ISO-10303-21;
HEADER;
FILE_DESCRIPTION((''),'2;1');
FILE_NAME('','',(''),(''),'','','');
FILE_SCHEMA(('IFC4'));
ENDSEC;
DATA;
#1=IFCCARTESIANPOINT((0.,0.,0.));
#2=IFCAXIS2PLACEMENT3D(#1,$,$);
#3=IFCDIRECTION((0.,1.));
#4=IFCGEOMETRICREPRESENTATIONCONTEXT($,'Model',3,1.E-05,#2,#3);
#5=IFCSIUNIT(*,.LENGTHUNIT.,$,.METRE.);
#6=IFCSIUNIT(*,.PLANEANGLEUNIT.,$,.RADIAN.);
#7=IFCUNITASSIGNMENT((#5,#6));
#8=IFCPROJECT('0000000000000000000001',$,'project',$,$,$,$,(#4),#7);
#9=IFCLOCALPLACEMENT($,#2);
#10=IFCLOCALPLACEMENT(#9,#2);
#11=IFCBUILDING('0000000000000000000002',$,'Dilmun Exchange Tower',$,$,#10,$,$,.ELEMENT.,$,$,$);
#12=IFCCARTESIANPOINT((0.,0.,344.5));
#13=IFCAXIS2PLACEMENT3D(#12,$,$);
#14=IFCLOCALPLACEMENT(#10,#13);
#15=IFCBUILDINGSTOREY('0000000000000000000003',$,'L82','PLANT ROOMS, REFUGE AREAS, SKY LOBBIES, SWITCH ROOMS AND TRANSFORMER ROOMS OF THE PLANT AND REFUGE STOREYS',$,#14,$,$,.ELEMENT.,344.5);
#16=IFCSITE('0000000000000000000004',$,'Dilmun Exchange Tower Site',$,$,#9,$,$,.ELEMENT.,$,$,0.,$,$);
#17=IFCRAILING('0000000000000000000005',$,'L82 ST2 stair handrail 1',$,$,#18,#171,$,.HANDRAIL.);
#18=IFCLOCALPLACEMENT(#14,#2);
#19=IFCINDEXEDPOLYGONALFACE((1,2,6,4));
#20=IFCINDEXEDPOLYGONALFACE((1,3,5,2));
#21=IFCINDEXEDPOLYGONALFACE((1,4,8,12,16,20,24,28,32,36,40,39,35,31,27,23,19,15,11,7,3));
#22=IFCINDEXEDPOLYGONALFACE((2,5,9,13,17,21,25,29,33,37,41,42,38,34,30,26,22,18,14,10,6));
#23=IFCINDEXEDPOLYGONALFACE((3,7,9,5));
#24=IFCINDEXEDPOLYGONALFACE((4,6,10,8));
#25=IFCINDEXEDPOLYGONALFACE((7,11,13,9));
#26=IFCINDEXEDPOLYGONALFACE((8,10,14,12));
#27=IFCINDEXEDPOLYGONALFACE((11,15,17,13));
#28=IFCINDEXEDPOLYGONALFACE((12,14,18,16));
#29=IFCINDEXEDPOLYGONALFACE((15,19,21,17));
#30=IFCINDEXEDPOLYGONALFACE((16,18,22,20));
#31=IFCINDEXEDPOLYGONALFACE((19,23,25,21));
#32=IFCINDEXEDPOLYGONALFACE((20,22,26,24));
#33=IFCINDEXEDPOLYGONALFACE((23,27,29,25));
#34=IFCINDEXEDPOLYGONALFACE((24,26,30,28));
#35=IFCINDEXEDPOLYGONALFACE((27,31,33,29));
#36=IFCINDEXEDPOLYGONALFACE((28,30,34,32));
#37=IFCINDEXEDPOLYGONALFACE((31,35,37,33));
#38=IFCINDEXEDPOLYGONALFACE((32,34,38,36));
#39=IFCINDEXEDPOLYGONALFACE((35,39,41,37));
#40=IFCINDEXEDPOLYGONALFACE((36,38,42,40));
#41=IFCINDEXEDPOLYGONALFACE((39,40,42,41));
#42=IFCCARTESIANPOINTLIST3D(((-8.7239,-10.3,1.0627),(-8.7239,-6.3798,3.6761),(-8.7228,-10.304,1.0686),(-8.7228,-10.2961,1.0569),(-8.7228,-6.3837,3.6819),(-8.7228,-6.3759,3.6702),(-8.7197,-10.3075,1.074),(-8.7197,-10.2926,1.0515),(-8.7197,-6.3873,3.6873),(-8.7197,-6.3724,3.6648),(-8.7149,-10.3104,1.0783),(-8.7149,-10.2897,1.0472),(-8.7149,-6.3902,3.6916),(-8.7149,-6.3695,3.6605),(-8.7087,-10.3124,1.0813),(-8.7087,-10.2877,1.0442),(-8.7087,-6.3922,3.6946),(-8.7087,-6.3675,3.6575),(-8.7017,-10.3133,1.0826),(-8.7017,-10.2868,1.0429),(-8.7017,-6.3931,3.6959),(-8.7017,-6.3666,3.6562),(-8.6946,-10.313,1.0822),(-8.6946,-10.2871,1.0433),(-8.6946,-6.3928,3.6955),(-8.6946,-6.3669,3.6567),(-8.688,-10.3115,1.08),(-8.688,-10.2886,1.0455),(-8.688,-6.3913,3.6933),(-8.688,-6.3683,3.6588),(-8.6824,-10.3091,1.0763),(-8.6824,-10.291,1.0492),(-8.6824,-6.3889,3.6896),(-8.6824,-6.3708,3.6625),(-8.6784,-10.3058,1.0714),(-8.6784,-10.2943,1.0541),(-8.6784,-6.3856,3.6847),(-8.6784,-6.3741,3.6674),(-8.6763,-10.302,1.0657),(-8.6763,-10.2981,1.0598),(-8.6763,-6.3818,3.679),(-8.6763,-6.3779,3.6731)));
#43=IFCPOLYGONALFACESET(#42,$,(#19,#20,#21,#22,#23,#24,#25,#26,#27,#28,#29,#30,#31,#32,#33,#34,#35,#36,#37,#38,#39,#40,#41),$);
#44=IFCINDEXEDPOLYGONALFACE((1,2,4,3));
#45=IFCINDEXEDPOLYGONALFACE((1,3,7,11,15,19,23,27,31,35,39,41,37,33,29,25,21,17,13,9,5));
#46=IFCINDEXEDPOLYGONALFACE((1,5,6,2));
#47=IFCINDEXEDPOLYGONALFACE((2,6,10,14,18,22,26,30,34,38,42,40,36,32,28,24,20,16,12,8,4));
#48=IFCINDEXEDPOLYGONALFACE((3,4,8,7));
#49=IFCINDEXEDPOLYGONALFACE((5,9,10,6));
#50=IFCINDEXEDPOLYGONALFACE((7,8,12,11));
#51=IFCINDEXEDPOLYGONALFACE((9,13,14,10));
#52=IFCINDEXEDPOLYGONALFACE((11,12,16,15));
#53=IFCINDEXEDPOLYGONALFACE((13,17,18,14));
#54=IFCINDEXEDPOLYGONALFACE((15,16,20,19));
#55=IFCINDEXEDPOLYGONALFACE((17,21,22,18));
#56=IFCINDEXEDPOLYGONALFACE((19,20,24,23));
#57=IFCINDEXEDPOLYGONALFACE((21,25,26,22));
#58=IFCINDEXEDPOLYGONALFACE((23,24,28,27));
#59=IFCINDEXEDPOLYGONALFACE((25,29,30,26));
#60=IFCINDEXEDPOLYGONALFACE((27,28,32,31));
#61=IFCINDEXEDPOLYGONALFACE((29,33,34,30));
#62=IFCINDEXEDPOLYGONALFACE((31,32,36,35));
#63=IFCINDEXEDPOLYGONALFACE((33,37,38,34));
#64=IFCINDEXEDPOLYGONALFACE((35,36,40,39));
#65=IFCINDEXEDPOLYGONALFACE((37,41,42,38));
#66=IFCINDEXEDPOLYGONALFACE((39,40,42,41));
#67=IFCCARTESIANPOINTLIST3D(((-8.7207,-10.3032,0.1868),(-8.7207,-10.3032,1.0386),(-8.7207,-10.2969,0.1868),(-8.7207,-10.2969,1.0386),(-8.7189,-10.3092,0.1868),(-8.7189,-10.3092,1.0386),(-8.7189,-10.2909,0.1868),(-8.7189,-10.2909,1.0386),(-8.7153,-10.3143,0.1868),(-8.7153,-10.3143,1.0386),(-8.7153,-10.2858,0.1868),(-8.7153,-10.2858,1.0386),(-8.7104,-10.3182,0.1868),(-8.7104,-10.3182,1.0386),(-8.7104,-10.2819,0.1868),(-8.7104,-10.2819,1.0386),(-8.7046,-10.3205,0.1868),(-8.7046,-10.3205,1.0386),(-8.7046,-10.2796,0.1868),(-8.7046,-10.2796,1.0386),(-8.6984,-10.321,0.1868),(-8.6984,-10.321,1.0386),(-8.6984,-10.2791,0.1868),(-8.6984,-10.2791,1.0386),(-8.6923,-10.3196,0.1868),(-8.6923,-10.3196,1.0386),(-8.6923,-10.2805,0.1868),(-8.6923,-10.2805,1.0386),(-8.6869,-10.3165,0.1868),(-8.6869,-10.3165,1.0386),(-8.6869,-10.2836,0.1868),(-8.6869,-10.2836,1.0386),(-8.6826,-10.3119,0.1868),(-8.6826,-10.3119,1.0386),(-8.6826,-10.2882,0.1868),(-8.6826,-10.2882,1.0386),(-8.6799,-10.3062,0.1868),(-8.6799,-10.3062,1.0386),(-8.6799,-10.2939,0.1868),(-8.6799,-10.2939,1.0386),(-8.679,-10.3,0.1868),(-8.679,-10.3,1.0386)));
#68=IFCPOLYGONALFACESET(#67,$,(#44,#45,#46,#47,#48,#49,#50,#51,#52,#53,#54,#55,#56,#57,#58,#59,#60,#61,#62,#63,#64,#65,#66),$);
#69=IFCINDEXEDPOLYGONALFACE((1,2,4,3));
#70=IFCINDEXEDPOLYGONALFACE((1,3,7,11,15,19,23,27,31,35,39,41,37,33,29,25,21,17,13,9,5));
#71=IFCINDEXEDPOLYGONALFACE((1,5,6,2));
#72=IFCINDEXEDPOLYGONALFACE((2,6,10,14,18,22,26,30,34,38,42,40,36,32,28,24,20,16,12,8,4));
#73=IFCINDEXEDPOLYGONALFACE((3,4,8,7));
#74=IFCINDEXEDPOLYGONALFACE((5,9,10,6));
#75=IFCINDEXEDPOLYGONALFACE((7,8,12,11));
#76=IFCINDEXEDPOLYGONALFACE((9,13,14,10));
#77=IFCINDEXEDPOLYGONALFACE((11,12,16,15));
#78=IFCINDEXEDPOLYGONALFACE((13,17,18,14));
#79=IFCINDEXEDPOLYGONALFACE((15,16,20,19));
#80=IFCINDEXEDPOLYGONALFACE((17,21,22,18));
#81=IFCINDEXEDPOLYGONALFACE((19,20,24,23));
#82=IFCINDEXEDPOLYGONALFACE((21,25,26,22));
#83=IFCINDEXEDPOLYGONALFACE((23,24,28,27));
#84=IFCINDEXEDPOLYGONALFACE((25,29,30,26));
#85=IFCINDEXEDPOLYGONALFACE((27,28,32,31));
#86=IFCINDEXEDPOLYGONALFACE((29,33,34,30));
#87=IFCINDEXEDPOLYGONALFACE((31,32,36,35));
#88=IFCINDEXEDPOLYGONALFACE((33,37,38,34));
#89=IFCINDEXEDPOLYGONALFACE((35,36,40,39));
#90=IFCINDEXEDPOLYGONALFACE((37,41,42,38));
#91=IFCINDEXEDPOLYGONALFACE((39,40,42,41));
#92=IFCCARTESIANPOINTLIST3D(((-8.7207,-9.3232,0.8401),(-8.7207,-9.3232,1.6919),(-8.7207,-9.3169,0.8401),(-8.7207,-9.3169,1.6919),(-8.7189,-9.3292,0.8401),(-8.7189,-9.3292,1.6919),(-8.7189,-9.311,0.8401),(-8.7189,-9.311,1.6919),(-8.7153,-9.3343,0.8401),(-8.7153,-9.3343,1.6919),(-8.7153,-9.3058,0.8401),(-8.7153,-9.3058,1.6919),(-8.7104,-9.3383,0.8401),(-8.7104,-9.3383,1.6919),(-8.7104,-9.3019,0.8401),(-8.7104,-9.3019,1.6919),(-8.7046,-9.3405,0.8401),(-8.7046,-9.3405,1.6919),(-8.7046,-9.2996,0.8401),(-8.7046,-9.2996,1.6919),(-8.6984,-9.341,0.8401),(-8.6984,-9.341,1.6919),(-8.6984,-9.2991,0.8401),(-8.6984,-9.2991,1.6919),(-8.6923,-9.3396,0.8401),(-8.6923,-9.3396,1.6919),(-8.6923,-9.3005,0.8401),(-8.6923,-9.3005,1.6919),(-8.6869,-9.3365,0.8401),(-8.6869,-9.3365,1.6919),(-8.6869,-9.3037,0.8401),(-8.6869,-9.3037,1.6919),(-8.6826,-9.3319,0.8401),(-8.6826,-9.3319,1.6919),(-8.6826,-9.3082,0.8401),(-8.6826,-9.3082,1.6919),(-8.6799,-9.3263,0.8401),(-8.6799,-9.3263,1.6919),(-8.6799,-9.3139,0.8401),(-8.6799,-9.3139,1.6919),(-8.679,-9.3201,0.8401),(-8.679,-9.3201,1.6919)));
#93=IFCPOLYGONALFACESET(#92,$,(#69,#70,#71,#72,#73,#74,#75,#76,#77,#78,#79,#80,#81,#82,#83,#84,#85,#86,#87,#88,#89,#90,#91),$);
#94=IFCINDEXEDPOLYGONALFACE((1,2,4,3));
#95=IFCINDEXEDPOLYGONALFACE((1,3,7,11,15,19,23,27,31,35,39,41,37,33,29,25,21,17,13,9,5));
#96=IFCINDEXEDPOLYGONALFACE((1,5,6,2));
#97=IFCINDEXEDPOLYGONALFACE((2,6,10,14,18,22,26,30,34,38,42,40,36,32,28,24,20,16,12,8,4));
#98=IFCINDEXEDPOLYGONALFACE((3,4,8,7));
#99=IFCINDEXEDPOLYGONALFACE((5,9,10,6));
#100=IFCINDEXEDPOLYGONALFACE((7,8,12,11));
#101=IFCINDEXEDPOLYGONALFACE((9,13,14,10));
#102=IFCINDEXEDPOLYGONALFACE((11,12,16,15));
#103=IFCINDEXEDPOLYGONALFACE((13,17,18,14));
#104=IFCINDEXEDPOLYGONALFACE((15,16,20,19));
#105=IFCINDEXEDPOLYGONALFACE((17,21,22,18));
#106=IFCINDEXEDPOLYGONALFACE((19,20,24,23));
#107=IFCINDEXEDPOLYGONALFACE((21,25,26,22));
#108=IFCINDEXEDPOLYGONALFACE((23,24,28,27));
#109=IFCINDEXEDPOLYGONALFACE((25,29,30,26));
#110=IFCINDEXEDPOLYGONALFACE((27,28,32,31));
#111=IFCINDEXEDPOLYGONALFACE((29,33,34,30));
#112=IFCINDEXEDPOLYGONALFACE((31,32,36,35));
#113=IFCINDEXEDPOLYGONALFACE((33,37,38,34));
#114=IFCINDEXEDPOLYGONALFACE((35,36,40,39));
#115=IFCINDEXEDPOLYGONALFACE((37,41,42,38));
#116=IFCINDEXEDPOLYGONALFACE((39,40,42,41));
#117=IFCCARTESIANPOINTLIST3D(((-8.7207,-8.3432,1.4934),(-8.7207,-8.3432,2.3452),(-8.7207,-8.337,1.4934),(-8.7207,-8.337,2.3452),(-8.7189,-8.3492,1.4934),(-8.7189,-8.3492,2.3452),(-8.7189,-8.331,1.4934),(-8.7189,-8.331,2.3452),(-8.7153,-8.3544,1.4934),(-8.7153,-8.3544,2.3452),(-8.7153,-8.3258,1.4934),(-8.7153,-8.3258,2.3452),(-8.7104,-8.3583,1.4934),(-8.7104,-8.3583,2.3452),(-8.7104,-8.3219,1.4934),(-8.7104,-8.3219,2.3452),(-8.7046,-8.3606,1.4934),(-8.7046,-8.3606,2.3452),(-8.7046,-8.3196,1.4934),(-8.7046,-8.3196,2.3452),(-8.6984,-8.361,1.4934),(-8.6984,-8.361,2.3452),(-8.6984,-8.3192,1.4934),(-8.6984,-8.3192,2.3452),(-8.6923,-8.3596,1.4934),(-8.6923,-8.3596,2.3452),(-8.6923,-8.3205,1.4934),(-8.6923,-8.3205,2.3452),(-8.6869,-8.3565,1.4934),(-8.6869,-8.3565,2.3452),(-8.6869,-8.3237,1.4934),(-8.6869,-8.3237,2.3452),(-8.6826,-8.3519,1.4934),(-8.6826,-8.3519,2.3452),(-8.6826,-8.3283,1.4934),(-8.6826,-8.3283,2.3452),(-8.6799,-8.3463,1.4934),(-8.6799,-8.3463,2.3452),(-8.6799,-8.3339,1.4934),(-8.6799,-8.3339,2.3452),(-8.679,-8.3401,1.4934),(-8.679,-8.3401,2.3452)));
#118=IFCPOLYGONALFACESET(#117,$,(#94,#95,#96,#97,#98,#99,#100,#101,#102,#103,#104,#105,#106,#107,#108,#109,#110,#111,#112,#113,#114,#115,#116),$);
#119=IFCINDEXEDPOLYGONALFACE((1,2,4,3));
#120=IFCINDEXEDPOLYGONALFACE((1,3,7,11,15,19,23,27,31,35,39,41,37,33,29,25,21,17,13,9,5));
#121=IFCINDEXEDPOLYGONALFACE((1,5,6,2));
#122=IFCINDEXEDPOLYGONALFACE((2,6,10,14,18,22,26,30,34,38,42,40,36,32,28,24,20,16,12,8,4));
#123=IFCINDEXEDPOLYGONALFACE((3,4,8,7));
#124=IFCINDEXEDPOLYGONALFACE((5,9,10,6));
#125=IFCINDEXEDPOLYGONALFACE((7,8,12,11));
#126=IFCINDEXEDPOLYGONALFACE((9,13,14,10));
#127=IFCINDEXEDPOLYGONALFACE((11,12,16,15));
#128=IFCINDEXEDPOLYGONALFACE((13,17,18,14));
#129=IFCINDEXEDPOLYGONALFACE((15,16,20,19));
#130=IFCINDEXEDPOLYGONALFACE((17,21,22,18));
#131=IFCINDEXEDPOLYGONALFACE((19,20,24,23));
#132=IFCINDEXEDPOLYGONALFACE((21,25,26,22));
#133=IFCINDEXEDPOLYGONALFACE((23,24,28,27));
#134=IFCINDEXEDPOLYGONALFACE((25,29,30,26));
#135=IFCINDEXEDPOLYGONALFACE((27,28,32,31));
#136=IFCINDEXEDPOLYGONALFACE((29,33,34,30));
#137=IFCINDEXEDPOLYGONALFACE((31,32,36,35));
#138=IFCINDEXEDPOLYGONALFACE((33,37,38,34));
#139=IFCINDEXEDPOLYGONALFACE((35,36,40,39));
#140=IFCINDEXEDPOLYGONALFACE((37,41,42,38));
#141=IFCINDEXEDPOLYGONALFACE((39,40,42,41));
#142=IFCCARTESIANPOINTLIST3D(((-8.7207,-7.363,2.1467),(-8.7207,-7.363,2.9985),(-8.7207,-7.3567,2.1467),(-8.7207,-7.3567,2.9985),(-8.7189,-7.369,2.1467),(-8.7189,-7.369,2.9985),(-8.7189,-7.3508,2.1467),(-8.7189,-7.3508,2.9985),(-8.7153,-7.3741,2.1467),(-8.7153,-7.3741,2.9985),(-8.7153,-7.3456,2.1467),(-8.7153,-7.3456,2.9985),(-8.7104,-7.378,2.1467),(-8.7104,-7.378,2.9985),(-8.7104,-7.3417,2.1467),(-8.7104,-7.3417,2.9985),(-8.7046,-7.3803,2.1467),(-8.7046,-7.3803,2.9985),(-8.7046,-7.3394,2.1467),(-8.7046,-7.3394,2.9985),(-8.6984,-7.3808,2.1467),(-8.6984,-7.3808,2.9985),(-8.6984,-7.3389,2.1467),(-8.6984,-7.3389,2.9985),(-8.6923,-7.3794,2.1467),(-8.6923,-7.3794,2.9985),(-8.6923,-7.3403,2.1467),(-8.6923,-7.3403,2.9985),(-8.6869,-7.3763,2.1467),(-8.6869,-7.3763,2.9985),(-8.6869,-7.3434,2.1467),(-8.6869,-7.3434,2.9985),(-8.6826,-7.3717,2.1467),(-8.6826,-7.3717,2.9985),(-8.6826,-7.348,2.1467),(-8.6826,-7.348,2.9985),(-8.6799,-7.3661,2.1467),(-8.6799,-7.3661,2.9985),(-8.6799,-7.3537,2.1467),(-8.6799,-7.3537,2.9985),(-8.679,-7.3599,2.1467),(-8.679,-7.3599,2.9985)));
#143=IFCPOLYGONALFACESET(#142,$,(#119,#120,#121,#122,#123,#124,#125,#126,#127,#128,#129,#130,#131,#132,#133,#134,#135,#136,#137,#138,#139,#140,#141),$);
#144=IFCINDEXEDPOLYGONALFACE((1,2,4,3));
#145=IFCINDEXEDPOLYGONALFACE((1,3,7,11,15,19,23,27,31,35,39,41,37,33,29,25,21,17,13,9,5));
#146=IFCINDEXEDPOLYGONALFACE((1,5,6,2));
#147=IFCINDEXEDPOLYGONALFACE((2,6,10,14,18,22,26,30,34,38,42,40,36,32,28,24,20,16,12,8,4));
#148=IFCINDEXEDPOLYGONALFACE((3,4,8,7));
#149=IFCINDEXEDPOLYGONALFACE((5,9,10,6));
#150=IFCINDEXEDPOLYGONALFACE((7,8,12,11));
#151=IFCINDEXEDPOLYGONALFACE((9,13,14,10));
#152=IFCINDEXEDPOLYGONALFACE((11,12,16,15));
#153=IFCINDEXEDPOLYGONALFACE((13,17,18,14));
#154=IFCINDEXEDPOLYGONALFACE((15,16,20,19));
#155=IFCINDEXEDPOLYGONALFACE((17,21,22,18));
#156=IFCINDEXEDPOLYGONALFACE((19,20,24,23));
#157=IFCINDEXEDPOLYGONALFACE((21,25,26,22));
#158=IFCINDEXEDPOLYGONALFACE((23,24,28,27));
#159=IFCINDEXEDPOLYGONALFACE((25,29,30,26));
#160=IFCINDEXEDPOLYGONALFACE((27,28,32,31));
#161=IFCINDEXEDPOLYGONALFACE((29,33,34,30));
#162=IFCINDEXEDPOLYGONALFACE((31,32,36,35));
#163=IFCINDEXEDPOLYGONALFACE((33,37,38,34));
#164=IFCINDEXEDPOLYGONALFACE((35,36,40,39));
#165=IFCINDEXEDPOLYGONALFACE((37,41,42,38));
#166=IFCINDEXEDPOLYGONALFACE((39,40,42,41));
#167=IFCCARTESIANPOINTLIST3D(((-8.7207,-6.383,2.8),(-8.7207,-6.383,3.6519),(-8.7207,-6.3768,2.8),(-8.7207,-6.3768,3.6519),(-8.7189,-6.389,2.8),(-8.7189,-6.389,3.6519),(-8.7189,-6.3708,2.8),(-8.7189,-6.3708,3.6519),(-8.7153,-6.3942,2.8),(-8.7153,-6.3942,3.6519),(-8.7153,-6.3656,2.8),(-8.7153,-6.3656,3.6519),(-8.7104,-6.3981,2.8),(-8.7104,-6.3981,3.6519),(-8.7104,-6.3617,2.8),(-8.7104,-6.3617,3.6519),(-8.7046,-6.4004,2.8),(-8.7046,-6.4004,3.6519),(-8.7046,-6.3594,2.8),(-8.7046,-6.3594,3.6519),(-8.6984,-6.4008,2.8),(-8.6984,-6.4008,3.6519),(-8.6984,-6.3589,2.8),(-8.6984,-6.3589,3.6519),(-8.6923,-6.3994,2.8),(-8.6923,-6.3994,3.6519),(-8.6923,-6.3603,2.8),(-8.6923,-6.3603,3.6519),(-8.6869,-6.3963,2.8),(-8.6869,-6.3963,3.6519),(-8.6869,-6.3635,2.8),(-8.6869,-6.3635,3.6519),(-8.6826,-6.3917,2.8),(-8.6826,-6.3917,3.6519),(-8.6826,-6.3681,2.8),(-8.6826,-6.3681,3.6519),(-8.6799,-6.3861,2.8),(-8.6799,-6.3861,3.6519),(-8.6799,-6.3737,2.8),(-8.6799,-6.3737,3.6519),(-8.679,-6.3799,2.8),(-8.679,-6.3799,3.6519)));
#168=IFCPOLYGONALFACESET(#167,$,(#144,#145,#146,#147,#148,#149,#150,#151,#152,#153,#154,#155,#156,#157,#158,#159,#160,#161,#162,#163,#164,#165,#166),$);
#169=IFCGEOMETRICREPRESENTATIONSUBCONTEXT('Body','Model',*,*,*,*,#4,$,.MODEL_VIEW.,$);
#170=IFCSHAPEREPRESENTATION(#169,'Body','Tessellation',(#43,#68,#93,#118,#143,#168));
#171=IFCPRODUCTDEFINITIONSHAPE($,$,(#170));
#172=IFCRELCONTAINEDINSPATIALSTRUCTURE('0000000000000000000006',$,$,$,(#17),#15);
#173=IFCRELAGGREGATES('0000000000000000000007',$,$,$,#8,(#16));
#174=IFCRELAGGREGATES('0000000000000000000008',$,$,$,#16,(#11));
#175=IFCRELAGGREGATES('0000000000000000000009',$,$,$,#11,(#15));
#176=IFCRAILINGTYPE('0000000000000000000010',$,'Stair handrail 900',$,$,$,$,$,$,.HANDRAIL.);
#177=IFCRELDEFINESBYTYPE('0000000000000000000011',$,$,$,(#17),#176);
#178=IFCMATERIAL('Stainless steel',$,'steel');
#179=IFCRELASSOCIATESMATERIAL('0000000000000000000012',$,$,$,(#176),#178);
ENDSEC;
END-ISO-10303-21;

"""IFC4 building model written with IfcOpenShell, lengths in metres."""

from ifc_helpers import new_model, si_unit, direction, frame, origin, origin_2d, place, context, subcontext, project, spatial, circle, extrude, material, type_object, element, save


model = new_model("IFC4")

# Units and contexts
model_context = context("Model", 3, precision=1e-05, world=origin(), true_north=direction((0.0, 1.0)))
body_context = subcontext(model_context, "Body", "Model", "MODEL_VIEW")
ifc_project = project(units=[si_unit("LENGTHUNIT", "METRE"), si_unit("PLANEANGLEUNIT", "RADIAN")], contexts=[model_context])

# Site, building, storey
site_placement = place(None, origin())
site = spatial("IfcSite", under=ifc_project, at=site_placement, Name="Dilmun Exchange Tower Site", CompositionType="ELEMENT", RefElevation=0.0)
building_placement = place(site_placement, origin())
building = spatial("IfcBuilding", under=site, at=building_placement, Name="Dilmun Exchange Tower", CompositionType="ELEMENT")
storey_placement = place(building_placement, frame((0.0, 0.0, 344.5)))
storey = spatial("IfcBuildingStorey", under=building, at=storey_placement, Name="L82", Description="PLANT ROOMS, REFUGE AREAS, SKY LOBBIES, SWITCH ROOMS AND TRANSFORMER ROOMS OF THE PLANT AND REFUGE STOREYS", CompositionType="ELEMENT", Elevation=344.5)

# Railing
ifc_material_1 = material(Name="Stainless steel", Category="steel")
railing_type = type_object("IfcRailingType", Name="Stair handrail 900", PredefinedType="HANDRAIL", material=ifc_material_1)
railing_1_placement = place(storey_placement, frame((-8.7, -10.3, 0.1868)))
element("IfcRailing", 1, at=railing_1_placement, inside=storey, type_object=railing_type, Name="L82 ST2 stair handrail 1", PredefinedType="HANDRAIL", context=body_context, shape_type="SweptSolid", body=[
    extrude(circle(Radius=0.0239, at=origin_2d()), frame((0.0, 0.0, 0.876), z_axis=(0.0, 0.832066, 0.554676), x_axis=(-1.0, 0.0, 0.0)), (0.0, 0.0, 1.0), 4.7114),
    extrude(circle(Radius=0.021, at=origin_2d()), origin(), (0.0, 0.0, 1.0), 0.8518),
    extrude(circle(Radius=0.021, at=origin_2d()), frame((0.0, 0.98, 0.6533)), (0.0, 0.0, 1.0), 0.8518),
    extrude(circle(Radius=0.021, at=origin_2d()), frame((0.0, 1.96, 1.3066)), (0.0, 0.0, 1.0), 0.8518),
    extrude(circle(Radius=0.021, at=origin_2d()), frame((0.0, 2.9402, 1.96)), (0.0, 0.0, 1.0), 0.8518),
    extrude(circle(Radius=0.021, at=origin_2d()), frame((0.0, 3.9202, 2.6133)), (0.0, 0.0, 1.0), 0.8518),
])

save(model, "model.ifc")
